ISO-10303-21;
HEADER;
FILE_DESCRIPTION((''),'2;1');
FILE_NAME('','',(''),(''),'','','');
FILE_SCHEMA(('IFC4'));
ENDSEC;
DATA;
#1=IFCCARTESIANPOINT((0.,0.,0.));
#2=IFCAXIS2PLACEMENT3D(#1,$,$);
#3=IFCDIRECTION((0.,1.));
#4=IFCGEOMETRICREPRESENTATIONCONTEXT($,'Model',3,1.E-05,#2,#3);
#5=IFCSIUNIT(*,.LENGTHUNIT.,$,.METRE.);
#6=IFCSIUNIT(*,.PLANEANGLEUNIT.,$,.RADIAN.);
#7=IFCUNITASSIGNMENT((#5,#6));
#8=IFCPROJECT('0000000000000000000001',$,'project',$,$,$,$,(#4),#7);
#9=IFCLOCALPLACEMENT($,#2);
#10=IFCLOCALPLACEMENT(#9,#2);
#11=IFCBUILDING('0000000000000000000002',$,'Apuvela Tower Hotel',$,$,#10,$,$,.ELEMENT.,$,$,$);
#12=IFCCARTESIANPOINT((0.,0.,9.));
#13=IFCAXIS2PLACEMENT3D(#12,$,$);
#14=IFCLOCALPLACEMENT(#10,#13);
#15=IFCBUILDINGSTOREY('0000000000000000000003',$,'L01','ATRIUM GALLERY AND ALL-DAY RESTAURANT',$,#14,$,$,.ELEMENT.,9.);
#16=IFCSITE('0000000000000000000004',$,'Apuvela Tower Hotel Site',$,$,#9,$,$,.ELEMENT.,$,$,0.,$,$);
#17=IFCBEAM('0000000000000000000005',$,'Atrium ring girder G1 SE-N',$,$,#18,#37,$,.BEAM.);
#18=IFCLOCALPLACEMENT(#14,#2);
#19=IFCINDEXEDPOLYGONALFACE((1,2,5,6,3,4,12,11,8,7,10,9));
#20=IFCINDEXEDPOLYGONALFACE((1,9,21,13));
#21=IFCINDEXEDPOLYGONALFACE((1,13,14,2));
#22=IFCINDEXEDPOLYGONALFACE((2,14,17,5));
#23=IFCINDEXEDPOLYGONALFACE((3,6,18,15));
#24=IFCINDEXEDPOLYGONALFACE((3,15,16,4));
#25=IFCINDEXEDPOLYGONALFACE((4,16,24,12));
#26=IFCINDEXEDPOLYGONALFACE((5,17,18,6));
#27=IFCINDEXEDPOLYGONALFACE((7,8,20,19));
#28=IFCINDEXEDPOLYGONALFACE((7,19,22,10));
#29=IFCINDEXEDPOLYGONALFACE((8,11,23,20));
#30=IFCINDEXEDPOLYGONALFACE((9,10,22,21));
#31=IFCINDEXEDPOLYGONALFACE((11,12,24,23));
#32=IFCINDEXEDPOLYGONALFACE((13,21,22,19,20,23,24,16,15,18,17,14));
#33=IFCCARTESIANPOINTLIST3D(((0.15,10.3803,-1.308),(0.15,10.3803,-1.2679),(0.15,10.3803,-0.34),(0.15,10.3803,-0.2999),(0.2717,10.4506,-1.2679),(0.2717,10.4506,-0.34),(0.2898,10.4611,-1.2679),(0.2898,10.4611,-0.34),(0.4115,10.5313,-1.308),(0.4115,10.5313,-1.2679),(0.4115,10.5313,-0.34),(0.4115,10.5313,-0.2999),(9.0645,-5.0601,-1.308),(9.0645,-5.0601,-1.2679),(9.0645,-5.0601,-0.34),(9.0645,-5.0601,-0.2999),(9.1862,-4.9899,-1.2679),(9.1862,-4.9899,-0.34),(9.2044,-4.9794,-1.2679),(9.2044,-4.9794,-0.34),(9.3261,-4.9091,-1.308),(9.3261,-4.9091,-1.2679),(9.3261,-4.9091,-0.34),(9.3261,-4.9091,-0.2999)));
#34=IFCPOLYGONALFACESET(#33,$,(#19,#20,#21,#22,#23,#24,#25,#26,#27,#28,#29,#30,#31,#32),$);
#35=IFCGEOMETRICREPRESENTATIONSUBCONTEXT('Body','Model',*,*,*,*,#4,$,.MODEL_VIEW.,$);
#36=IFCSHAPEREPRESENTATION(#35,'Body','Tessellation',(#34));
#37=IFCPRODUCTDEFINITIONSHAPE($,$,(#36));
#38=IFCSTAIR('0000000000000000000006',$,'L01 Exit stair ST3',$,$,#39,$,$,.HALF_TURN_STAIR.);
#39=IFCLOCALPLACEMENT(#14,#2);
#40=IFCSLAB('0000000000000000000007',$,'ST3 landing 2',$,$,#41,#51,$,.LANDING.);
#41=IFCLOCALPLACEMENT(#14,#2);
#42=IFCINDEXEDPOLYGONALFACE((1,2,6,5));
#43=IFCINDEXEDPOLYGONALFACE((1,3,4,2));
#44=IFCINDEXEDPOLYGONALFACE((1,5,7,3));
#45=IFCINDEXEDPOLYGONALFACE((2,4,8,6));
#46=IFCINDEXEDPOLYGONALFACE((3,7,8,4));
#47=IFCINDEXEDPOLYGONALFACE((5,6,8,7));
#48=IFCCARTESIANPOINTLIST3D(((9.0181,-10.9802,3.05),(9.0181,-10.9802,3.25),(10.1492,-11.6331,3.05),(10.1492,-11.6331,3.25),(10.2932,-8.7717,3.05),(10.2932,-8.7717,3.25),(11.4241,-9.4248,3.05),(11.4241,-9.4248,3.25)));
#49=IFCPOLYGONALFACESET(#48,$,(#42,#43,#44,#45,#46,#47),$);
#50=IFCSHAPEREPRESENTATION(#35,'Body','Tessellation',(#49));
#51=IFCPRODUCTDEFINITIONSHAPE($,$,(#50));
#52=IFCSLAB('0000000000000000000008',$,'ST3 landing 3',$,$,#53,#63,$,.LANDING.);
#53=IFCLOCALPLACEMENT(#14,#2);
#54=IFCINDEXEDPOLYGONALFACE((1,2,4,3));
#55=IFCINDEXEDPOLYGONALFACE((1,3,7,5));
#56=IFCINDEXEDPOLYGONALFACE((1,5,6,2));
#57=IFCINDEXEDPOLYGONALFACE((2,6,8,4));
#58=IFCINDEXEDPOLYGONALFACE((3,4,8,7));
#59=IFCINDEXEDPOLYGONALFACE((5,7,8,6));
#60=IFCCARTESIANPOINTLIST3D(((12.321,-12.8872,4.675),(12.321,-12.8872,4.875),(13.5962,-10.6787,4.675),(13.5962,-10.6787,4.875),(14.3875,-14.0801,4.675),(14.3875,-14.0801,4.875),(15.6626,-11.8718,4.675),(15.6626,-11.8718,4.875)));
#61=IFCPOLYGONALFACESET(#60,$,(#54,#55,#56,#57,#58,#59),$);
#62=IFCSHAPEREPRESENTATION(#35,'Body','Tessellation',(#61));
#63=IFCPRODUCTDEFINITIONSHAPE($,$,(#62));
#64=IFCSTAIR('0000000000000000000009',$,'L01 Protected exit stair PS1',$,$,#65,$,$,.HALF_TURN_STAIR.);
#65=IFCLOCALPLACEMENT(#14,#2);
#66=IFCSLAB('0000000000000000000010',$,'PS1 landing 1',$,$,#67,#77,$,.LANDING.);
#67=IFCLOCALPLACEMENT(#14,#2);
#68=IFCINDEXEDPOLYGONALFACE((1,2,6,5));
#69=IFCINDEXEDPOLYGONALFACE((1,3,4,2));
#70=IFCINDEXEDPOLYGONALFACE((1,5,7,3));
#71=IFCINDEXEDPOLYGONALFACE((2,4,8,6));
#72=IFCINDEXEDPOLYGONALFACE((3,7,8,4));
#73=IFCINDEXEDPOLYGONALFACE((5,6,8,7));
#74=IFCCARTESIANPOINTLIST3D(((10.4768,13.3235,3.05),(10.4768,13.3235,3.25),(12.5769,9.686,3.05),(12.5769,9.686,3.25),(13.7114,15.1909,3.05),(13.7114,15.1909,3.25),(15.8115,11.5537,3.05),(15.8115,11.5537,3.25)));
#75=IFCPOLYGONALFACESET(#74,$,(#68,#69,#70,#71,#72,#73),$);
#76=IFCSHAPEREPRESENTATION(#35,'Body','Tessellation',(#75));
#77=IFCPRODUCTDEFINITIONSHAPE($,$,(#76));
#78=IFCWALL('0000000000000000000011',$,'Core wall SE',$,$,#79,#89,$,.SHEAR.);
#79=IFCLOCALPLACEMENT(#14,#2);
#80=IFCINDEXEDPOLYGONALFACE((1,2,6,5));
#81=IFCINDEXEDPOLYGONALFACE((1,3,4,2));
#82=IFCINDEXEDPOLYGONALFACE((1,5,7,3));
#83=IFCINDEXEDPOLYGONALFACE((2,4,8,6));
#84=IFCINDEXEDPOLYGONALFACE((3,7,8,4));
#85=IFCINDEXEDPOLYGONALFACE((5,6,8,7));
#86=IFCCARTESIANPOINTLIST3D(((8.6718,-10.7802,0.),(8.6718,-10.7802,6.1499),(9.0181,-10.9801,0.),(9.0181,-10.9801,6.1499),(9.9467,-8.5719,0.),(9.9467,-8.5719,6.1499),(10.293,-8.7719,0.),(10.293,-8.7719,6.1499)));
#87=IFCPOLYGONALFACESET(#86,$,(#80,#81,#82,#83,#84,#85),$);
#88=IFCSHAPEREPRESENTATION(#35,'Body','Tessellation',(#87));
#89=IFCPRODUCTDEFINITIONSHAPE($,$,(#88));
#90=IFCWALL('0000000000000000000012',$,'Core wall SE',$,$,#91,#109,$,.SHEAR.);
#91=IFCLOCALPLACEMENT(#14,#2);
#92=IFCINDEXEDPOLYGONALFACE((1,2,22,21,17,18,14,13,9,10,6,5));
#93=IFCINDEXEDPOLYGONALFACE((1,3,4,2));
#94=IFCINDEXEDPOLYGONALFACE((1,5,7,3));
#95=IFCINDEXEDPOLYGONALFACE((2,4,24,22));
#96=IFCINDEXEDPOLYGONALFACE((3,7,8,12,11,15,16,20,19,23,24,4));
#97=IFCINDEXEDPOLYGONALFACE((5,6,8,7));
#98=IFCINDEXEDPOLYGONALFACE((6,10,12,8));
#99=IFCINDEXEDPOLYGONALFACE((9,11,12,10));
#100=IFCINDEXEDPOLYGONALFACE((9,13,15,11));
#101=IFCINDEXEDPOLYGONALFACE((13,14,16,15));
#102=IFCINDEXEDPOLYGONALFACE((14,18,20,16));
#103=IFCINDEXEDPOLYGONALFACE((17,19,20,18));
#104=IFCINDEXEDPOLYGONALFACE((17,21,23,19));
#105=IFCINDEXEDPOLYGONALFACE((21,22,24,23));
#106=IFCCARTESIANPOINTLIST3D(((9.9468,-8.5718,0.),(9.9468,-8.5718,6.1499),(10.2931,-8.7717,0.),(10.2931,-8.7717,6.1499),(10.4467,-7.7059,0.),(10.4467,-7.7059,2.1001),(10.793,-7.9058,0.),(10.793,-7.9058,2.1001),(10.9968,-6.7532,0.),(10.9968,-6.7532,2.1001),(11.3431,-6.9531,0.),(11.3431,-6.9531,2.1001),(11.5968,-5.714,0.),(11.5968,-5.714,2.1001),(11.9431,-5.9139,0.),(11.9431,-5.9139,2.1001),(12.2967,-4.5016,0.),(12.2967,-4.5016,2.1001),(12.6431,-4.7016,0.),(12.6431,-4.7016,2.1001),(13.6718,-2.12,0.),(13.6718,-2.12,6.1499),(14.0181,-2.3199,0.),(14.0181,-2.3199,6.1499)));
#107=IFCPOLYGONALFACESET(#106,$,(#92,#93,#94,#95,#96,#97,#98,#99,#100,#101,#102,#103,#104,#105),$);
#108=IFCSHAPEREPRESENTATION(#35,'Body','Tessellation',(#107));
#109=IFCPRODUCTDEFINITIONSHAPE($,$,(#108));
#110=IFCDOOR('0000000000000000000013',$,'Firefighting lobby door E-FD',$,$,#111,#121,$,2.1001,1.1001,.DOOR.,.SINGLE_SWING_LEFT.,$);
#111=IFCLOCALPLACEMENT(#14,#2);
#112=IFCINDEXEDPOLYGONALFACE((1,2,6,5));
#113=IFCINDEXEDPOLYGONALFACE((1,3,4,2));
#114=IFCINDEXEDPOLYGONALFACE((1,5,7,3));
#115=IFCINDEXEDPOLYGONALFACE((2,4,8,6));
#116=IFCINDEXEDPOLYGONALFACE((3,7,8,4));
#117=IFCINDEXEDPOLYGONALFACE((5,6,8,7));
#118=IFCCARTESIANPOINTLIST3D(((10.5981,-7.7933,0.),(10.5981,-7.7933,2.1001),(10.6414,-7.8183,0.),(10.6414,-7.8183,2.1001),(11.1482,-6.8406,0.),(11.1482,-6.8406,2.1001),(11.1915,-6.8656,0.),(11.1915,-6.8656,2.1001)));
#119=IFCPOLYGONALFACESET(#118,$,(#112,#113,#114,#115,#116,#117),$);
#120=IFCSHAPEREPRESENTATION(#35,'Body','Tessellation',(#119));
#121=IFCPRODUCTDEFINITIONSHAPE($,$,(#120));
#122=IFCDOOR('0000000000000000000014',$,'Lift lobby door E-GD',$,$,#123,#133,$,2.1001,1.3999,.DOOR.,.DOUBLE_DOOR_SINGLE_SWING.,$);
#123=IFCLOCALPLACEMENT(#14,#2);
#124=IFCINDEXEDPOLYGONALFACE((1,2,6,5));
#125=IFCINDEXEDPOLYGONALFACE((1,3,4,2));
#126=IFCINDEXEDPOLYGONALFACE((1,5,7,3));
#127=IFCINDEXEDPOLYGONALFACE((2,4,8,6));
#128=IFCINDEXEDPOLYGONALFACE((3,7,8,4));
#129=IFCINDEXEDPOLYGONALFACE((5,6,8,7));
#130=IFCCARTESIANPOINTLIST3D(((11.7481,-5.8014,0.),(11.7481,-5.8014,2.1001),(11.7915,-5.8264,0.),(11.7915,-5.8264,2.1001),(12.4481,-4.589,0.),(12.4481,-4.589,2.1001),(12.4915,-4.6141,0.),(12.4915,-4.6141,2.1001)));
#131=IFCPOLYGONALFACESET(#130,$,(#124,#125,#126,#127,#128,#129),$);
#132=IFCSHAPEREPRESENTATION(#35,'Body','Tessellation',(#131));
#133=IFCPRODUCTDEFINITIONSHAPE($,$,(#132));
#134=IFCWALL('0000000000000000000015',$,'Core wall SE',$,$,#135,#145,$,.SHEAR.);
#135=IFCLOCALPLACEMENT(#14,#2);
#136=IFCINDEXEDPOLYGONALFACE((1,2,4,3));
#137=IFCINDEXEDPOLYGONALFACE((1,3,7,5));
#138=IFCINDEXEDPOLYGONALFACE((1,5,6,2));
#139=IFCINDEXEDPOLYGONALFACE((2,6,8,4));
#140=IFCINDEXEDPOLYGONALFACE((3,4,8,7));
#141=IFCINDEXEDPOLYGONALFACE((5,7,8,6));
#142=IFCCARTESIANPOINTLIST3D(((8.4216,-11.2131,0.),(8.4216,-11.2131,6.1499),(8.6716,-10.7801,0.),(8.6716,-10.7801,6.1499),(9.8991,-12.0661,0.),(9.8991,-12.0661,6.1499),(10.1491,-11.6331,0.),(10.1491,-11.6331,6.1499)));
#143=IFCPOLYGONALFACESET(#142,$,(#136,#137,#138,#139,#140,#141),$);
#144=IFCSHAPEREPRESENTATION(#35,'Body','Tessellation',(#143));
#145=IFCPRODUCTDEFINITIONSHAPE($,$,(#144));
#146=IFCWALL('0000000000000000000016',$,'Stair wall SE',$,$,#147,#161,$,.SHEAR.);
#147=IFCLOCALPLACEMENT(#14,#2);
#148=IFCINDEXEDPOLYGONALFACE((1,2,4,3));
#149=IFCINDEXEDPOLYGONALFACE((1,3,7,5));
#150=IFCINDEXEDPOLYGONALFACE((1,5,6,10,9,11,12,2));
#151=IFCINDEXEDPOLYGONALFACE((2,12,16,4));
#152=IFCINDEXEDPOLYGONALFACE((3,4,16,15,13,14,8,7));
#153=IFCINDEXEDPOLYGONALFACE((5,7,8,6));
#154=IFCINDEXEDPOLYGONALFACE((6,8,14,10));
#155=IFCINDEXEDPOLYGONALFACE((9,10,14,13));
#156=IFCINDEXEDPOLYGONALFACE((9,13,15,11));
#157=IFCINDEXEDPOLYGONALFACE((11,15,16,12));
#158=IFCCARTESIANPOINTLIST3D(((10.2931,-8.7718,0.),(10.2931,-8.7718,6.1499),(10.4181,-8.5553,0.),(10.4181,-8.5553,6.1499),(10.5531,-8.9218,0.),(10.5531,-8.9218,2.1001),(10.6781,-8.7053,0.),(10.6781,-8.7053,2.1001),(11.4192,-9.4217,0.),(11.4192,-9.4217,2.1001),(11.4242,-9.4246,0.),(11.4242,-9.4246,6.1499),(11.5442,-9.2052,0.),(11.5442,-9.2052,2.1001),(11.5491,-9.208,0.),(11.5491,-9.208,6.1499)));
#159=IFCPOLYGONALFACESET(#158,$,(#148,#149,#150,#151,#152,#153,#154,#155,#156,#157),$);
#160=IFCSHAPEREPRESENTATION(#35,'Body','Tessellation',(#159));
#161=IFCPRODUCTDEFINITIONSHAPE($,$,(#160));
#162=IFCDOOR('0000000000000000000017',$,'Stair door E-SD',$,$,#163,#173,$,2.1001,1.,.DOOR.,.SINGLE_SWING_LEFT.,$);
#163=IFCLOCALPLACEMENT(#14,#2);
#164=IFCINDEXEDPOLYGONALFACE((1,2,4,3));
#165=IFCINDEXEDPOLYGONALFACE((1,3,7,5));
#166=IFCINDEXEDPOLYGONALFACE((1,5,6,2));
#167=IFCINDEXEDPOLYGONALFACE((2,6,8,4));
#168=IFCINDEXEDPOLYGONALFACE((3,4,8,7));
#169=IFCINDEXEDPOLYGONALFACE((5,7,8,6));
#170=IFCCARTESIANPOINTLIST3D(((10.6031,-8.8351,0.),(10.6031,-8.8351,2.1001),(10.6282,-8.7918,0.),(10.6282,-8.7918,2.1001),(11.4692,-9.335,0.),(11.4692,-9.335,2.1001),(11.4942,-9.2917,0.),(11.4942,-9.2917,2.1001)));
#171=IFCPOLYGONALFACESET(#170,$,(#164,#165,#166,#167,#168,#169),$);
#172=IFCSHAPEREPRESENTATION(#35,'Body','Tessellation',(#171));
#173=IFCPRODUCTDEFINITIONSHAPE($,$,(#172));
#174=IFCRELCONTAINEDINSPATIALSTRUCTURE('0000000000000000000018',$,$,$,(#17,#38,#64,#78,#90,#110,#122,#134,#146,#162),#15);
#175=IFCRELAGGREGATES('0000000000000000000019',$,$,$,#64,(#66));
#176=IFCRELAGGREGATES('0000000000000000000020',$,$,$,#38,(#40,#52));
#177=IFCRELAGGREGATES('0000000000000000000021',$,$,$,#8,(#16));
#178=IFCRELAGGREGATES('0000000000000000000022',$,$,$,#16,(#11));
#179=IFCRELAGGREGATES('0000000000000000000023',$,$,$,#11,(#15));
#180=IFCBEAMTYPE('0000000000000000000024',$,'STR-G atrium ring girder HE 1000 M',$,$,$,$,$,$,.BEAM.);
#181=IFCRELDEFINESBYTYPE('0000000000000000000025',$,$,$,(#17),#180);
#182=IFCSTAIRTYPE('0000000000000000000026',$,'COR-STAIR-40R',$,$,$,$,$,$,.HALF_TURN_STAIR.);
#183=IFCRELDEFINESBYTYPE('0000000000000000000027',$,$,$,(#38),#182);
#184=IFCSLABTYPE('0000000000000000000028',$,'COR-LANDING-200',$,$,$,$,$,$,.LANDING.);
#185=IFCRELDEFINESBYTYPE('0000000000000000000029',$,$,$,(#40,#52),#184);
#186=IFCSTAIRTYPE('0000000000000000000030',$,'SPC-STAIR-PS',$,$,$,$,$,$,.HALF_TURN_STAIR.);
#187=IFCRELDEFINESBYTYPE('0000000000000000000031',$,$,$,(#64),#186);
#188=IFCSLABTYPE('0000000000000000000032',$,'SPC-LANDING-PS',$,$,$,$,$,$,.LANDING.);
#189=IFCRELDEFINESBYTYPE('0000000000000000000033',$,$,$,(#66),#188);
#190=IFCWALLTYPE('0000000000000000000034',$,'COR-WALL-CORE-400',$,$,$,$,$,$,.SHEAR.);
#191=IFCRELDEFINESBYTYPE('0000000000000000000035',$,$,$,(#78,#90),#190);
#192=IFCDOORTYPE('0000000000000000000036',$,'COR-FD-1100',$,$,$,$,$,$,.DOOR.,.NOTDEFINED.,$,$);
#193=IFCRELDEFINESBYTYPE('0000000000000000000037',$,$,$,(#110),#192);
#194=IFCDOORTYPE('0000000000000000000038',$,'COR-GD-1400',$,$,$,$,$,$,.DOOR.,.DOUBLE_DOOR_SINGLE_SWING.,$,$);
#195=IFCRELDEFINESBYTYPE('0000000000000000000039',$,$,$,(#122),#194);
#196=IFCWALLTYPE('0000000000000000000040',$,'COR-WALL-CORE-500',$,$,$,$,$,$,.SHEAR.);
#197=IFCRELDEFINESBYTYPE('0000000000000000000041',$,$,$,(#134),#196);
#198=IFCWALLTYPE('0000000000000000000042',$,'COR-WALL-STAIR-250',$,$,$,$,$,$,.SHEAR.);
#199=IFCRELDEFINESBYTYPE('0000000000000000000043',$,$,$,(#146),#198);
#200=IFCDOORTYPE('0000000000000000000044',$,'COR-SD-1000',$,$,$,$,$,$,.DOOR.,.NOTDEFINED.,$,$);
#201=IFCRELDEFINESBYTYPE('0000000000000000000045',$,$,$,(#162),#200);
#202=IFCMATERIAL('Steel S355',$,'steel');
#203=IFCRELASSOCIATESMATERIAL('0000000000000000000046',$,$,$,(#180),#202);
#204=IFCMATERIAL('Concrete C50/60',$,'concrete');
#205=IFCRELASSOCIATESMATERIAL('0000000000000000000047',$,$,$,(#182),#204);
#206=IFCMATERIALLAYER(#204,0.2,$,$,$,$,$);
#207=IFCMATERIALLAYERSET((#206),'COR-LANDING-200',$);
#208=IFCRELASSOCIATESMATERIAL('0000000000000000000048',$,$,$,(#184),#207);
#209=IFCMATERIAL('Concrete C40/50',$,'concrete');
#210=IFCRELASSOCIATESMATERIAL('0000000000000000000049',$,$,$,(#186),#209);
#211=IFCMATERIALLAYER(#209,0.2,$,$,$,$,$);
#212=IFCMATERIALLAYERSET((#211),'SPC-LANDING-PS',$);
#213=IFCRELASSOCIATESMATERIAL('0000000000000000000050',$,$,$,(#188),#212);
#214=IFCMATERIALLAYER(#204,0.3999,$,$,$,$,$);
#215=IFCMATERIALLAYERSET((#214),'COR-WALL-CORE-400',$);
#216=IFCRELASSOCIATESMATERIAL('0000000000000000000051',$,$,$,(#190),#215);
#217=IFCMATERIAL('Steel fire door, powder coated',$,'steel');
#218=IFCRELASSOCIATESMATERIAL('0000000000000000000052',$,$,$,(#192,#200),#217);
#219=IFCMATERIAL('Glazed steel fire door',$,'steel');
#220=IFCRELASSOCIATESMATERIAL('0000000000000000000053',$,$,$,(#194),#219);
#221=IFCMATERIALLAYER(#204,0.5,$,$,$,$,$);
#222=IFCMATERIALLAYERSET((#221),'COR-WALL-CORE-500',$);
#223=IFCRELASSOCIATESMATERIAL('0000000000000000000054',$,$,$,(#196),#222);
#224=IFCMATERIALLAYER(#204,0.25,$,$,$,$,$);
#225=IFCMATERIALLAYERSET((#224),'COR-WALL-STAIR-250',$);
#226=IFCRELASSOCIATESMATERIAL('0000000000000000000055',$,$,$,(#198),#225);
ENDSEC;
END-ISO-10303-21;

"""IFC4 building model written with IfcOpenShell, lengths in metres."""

from ifc_helpers import new_model, si_unit, direction, frame, frame_2d, origin, origin_2d, place, context, subcontext, project, spatial, polyline, rectangle, i_section, outline, extrude, material, layer, layer_set, material_profile, profile_set, type_object, element, fill, aggregate, save


model = new_model("IFC4")

# Units and contexts
model_context = context("Model", 3, precision=1e-05, world=origin(), true_north=direction((0.0, 1.0)))
body_context = subcontext(model_context, "Body", "Model", "MODEL_VIEW")
ifc_project = project(units=[si_unit("LENGTHUNIT", "METRE"), si_unit("PLANEANGLEUNIT", "RADIAN")], contexts=[model_context])

# Site, building, storey
site_placement = place(None, origin())
site = spatial("IfcSite", under=ifc_project, at=site_placement, Name="Apuvela Tower Hotel Site", CompositionType="ELEMENT", RefElevation=0.0)
building_placement = place(site_placement, origin())
building = spatial("IfcBuilding", under=site, at=building_placement, Name="Apuvela Tower Hotel", CompositionType="ELEMENT")
storey_placement = place(building_placement, frame((0.0, 0.0, 9.0)))
storey = spatial("IfcBuildingStorey", under=building, at=storey_placement, Name="L01", Description="ATRIUM GALLERY AND ALL-DAY RESTAURANT", CompositionType="ELEMENT", Elevation=9.0)

# Beam
ifc_material_1 = material(Name="Steel S355", Category="steel")
ifc_material_profile = material_profile(ifc_material_1, i_section(OverallWidth=0.302, OverallDepth=1.0081, WebThickness=0.021, FlangeThickness=0.04, at=origin_2d()), Name="HE 1000 M")
ifc_profile_set = profile_set([ifc_material_profile], Name="Steel S355")
beam_type = type_object("IfcBeamType", Name="STR-G atrium ring girder HE 1000 M", PredefinedType="BEAM", material=ifc_profile_set)
beam_placement = place(storey_placement, frame((9.1953, -4.9846, -0.804), z_axis=(-0.500001, 0.866025, 0.0), x_axis=(-0.866025, -0.500001, 0.0)))
element("IfcBeam", 1, at=beam_placement, inside=storey, type_object=beam_type, Name="Atrium ring girder G1 SE-N", PredefinedType="BEAM", context=body_context, shape_type="SweptSolid", body=[
    extrude(i_section(OverallWidth=0.302, OverallDepth=1.0081, WebThickness=0.021, FlangeThickness=0.04, at=origin_2d()), origin(), (0.0, 0.0, 1.0), 17.8291),
])

# Stair, slabs
ifc_material_2 = material(Name="Concrete C50/60", Category="concrete")
stair_type_1 = type_object("IfcStairType", Name="COR-STAIR-40R", PredefinedType="HALF_TURN_STAIR", material=ifc_material_2)
stair_1_placement = place(storey_placement, origin())
stair_1 = element("IfcStair", 2, at=stair_1_placement, inside=storey, type_object=stair_type_1, Name="L01 Exit stair ST3", PredefinedType="HALF_TURN_STAIR")
ifc_layer_1 = layer(ifc_material_2, 0.2)
ifc_layer_set_1 = layer_set([ifc_layer_1], Name="COR-LANDING-200")
slab_type_1 = type_object("IfcSlabType", Name="COR-LANDING-200", PredefinedType="LANDING", material=ifc_layer_set_1)
slab_1_placement = place(storey_placement, frame((0.0, 0.0, 3.05)))
slab_1 = element("IfcSlab", 3, at=slab_1_placement, type_object=slab_type_1, Name="ST3 landing 2", PredefinedType="LANDING", context=body_context, shape_type="SweptSolid", body=[
    extrude(outline(polyline([(9.0181, -10.9802), (10.1492, -11.6331), (11.4241, -9.4248), (10.2932, -8.7717), (9.0181, -10.9802)])), origin(), (0.0, 0.0, 1.0), 0.2),
])
slab_2_placement = place(storey_placement, frame((0.0, 0.0, 4.675)))
slab_2 = element("IfcSlab", 4, at=slab_2_placement, type_object=slab_type_1, Name="ST3 landing 3", PredefinedType="LANDING", context=body_context, shape_type="SweptSolid", body=[
    extrude(outline(polyline([(12.321, -12.8872), (14.3875, -14.0801), (15.6626, -11.8718), (13.5962, -10.6787), (12.321, -12.8872)])), origin(), (0.0, 0.0, 1.0), 0.2),
])

# Stair, slab
ifc_material_3 = material(Name="Concrete C40/50", Category="concrete")
stair_type_2 = type_object("IfcStairType", Name="SPC-STAIR-PS", PredefinedType="HALF_TURN_STAIR", material=ifc_material_3)
stair_2_placement = place(storey_placement, origin())
stair_2 = element("IfcStair", 5, at=stair_2_placement, inside=storey, type_object=stair_type_2, Name="L01 Protected exit stair PS1", PredefinedType="HALF_TURN_STAIR")
ifc_layer_2 = layer(ifc_material_3, 0.2)
ifc_layer_set_2 = layer_set([ifc_layer_2], Name="SPC-LANDING-PS")
slab_type_2 = type_object("IfcSlabType", Name="SPC-LANDING-PS", PredefinedType="LANDING", material=ifc_layer_set_2)
slab_3_placement = place(storey_placement, frame((0.0, 0.0, 3.05)))
slab_3 = element("IfcSlab", 6, at=slab_3_placement, type_object=slab_type_2, Name="PS1 landing 1", PredefinedType="LANDING", context=body_context, shape_type="SweptSolid", body=[
    extrude(outline(polyline([(12.5769, 9.686), (15.8115, 11.5537), (13.7114, 15.1909), (10.4768, 13.3235), (12.5769, 9.686)])), origin(), (0.0, 0.0, 1.0), 0.2),
])
aggregate(stair_2, [slab_3])

# Wall
ifc_layer_3 = layer(ifc_material_2, 0.3999)
ifc_layer_set_3 = layer_set([ifc_layer_3], Name="COR-WALL-CORE-400")
wall_type_1 = type_object("IfcWallType", Name="COR-WALL-CORE-400", PredefinedType="SHEAR", material=ifc_layer_set_3)
wall_1_placement = place(storey_placement, frame((8.845, -10.8801, 0.0), z_axis=(0.0, 0.0, 1.0), x_axis=(0.49999, 0.866031, 0.0)))
element("IfcWall", 7, at=wall_1_placement, inside=storey, type_object=wall_type_1, Name="Core wall SE", PredefinedType="SHEAR", context=body_context, shape_type="SweptSolid", body=[
    extrude(rectangle(XDim=2.5498, YDim=0.3999, at=frame_2d((1.2749, 0.0))), origin(), (0.0, 0.0, 1.0), 6.1499),
])

# Wall, openings, doors
wall_2_placement = place(storey_placement, frame((10.1199, -8.6719, 0.0), z_axis=(0.0, 0.0, 1.0), x_axis=(0.500009, 0.86602, 0.0)))
wall_2 = element("IfcWall", 8, at=wall_2_placement, inside=storey, type_object=wall_type_1, Name="Core wall SE", PredefinedType="SHEAR", context=body_context, shape_type="SweptSolid", body=[
    extrude(rectangle(XDim=7.45, YDim=0.3999, at=frame_2d((3.7251, 0.0))), origin(), (0.0, 0.0, 1.0), 6.1499),
])
opening_1_placement = place(wall_2_placement, frame((1.0, 0.0, 0.0)))
opening_1 = element("IfcOpeningElement", 9, at=opening_1_placement, cuts=wall_2, PredefinedType="OPENING", context=body_context, shape_type="SweptSolid", body=[
    extrude(rectangle(XDim=1.1001, YDim=2.1001, at=frame_2d((0.55, 1.05))), frame((0.0, 0.21, 0.0), z_axis=(0.0, -1.0, 0.0), x_axis=(1.0, 0.0, 0.0)), (0.0, 0.0, 1.0), 0.4199),
])
opening_2_placement = place(wall_2_placement, frame((3.3, 0.0, 0.0)))
opening_2 = element("IfcOpeningElement", 10, at=opening_2_placement, cuts=wall_2, PredefinedType="OPENING", context=body_context, shape_type="SweptSolid", body=[
    extrude(rectangle(XDim=1.3999, YDim=2.1001, at=frame_2d((0.7, 1.05))), frame((0.0, 0.21, 0.0), z_axis=(0.0, -1.0, 0.0), x_axis=(1.0, 0.0, 0.0)), (0.0, 0.0, 1.0), 0.4199),
])
ifc_material_4 = material(Name="Steel fire door, powder coated", Category="steel")
door_type_1 = type_object("IfcDoorType", Name="COR-FD-1100", OperationType="NOTDEFINED", PredefinedType="DOOR", material=ifc_material_4)
door_1_placement = place(opening_1_placement, frame((1.1001, 0.0, 0.0), z_axis=(0.0, 0.0, 1.0), x_axis=(-1.0, 0.0, 0.0)))
door_1 = element("IfcDoor", 11, at=door_1_placement, inside=storey, type_object=door_type_1, Name="Firefighting lobby door E-FD", OperationType="SINGLE_SWING_LEFT", OverallHeight=2.1001, OverallWidth=1.1001, PredefinedType="DOOR", context=body_context, shape_type="SweptSolid", body=[
    extrude(rectangle(XDim=1.1001, YDim=2.1001, at=frame_2d((0.55, 1.05))), frame((0.0, 0.0249, 0.0), z_axis=(0.0, -1.0, 0.0), x_axis=(1.0, 0.0, 0.0)), (0.0, 0.0, 1.0), 0.05),
])
fill(opening_1, door_1)
ifc_material_5 = material(Name="Glazed steel fire door", Category="steel")
door_type_2 = type_object("IfcDoorType", Name="COR-GD-1400", OperationType="DOUBLE_DOOR_SINGLE_SWING", PredefinedType="DOOR", material=ifc_material_5)
door_2_placement = place(opening_2_placement, frame((1.3999, 0.0, 0.0), z_axis=(0.0, 0.0, 1.0), x_axis=(-1.0, 0.0, 0.0)))
door_2 = element("IfcDoor", 12, at=door_2_placement, inside=storey, type_object=door_type_2, Name="Lift lobby door E-GD", OperationType="DOUBLE_DOOR_SINGLE_SWING", OverallHeight=2.1001, OverallWidth=1.3999, PredefinedType="DOOR", context=body_context, shape_type="SweptSolid", body=[
    extrude(rectangle(XDim=1.3999, YDim=2.1001, at=frame_2d((0.7, 1.05))), frame((0.0, 0.0249, 0.0), z_axis=(0.0, -1.0, 0.0), x_axis=(1.0, 0.0, 0.0)), (0.0, 0.0, 1.0), 0.05),
])
fill(opening_2, door_2)

# Wall
ifc_layer_4 = layer(ifc_material_2, 0.5)
ifc_layer_set_4 = layer_set([ifc_layer_4], Name="COR-WALL-CORE-500")
wall_type_2 = type_object("IfcWallType", Name="COR-WALL-CORE-500", PredefinedType="SHEAR", material=ifc_layer_set_4)
wall_3_placement = place(storey_placement, frame((8.5466, -10.9966, 0.0), z_axis=(0.0, 0.0, 1.0), x_axis=(0.866033, -0.499987, 0.0)))
element("IfcWall", 13, at=wall_3_placement, inside=storey, type_object=wall_type_2, Name="Core wall SE", PredefinedType="SHEAR", context=body_context, shape_type="SweptSolid", body=[
    extrude(rectangle(XDim=1.7061, YDim=0.5, at=frame_2d((0.853, 0.0))), origin(), (0.0, 0.0, 1.0), 6.1499),
])

# Wall, opening, door
ifc_layer_5 = layer(ifc_material_2, 0.25)
ifc_layer_set_5 = layer_set([ifc_layer_5], Name="COR-WALL-STAIR-250")
wall_type_3 = type_object("IfcWallType", Name="COR-WALL-STAIR-250", PredefinedType="SHEAR", material=ifc_layer_set_5)
wall_4_placement = place(storey_placement, frame((10.3557, -8.6636, 0.0), z_axis=(0.0, 0.0, 1.0), x_axis=(0.866095, -0.499879, 0.0)))
wall_4 = element("IfcWall", 14, at=wall_4_placement, inside=storey, type_object=wall_type_3, Name="Stair wall SE", PredefinedType="SHEAR", context=body_context, shape_type="SweptSolid", body=[
    extrude(rectangle(XDim=1.3059, YDim=0.25, at=frame_2d((0.6528, 0.0))), origin(), (0.0, 0.0, 1.0), 6.1499),
])
opening_3_placement = place(wall_4_placement, frame((0.3, 0.0, 0.0)))
opening_3 = element("IfcOpeningElement", 15, at=opening_3_placement, cuts=wall_4, PredefinedType="OPENING", context=body_context, shape_type="SweptSolid", body=[
    extrude(rectangle(XDim=1.0, YDim=2.1001, at=frame_2d((0.5, 1.05))), frame((0.0, 0.135, 0.0), z_axis=(0.0, -1.0, 0.0), x_axis=(1.0, 0.0, 0.0)), (0.0, 0.0, 1.0), 0.27),
])
door_type_3 = type_object("IfcDoorType", Name="COR-SD-1000", OperationType="NOTDEFINED", PredefinedType="DOOR", material=ifc_material_4)
door_3_placement = place(opening_3_placement, frame((1.0, 0.0, 0.0), z_axis=(0.0, 0.0, 1.0), x_axis=(-1.0, 0.0, 0.0)))
door_3 = element("IfcDoor", 16, at=door_3_placement, inside=storey, type_object=door_type_3, Name="Stair door E-SD", OperationType="SINGLE_SWING_LEFT", OverallHeight=2.1001, OverallWidth=1.0, PredefinedType="DOOR", context=body_context, shape_type="SweptSolid", body=[
    extrude(rectangle(XDim=1.0, YDim=2.1001, at=frame_2d((0.5, 1.05))), frame((0.0, 0.0249, 0.0), z_axis=(0.0, -1.0, 0.0), x_axis=(1.0, 0.0, 0.0)), (0.0, 0.0, 1.0), 0.05),
])
fill(opening_3, door_3)

aggregate(stair_1, [slab_1, slab_2])

save(model, "model.ifc")
